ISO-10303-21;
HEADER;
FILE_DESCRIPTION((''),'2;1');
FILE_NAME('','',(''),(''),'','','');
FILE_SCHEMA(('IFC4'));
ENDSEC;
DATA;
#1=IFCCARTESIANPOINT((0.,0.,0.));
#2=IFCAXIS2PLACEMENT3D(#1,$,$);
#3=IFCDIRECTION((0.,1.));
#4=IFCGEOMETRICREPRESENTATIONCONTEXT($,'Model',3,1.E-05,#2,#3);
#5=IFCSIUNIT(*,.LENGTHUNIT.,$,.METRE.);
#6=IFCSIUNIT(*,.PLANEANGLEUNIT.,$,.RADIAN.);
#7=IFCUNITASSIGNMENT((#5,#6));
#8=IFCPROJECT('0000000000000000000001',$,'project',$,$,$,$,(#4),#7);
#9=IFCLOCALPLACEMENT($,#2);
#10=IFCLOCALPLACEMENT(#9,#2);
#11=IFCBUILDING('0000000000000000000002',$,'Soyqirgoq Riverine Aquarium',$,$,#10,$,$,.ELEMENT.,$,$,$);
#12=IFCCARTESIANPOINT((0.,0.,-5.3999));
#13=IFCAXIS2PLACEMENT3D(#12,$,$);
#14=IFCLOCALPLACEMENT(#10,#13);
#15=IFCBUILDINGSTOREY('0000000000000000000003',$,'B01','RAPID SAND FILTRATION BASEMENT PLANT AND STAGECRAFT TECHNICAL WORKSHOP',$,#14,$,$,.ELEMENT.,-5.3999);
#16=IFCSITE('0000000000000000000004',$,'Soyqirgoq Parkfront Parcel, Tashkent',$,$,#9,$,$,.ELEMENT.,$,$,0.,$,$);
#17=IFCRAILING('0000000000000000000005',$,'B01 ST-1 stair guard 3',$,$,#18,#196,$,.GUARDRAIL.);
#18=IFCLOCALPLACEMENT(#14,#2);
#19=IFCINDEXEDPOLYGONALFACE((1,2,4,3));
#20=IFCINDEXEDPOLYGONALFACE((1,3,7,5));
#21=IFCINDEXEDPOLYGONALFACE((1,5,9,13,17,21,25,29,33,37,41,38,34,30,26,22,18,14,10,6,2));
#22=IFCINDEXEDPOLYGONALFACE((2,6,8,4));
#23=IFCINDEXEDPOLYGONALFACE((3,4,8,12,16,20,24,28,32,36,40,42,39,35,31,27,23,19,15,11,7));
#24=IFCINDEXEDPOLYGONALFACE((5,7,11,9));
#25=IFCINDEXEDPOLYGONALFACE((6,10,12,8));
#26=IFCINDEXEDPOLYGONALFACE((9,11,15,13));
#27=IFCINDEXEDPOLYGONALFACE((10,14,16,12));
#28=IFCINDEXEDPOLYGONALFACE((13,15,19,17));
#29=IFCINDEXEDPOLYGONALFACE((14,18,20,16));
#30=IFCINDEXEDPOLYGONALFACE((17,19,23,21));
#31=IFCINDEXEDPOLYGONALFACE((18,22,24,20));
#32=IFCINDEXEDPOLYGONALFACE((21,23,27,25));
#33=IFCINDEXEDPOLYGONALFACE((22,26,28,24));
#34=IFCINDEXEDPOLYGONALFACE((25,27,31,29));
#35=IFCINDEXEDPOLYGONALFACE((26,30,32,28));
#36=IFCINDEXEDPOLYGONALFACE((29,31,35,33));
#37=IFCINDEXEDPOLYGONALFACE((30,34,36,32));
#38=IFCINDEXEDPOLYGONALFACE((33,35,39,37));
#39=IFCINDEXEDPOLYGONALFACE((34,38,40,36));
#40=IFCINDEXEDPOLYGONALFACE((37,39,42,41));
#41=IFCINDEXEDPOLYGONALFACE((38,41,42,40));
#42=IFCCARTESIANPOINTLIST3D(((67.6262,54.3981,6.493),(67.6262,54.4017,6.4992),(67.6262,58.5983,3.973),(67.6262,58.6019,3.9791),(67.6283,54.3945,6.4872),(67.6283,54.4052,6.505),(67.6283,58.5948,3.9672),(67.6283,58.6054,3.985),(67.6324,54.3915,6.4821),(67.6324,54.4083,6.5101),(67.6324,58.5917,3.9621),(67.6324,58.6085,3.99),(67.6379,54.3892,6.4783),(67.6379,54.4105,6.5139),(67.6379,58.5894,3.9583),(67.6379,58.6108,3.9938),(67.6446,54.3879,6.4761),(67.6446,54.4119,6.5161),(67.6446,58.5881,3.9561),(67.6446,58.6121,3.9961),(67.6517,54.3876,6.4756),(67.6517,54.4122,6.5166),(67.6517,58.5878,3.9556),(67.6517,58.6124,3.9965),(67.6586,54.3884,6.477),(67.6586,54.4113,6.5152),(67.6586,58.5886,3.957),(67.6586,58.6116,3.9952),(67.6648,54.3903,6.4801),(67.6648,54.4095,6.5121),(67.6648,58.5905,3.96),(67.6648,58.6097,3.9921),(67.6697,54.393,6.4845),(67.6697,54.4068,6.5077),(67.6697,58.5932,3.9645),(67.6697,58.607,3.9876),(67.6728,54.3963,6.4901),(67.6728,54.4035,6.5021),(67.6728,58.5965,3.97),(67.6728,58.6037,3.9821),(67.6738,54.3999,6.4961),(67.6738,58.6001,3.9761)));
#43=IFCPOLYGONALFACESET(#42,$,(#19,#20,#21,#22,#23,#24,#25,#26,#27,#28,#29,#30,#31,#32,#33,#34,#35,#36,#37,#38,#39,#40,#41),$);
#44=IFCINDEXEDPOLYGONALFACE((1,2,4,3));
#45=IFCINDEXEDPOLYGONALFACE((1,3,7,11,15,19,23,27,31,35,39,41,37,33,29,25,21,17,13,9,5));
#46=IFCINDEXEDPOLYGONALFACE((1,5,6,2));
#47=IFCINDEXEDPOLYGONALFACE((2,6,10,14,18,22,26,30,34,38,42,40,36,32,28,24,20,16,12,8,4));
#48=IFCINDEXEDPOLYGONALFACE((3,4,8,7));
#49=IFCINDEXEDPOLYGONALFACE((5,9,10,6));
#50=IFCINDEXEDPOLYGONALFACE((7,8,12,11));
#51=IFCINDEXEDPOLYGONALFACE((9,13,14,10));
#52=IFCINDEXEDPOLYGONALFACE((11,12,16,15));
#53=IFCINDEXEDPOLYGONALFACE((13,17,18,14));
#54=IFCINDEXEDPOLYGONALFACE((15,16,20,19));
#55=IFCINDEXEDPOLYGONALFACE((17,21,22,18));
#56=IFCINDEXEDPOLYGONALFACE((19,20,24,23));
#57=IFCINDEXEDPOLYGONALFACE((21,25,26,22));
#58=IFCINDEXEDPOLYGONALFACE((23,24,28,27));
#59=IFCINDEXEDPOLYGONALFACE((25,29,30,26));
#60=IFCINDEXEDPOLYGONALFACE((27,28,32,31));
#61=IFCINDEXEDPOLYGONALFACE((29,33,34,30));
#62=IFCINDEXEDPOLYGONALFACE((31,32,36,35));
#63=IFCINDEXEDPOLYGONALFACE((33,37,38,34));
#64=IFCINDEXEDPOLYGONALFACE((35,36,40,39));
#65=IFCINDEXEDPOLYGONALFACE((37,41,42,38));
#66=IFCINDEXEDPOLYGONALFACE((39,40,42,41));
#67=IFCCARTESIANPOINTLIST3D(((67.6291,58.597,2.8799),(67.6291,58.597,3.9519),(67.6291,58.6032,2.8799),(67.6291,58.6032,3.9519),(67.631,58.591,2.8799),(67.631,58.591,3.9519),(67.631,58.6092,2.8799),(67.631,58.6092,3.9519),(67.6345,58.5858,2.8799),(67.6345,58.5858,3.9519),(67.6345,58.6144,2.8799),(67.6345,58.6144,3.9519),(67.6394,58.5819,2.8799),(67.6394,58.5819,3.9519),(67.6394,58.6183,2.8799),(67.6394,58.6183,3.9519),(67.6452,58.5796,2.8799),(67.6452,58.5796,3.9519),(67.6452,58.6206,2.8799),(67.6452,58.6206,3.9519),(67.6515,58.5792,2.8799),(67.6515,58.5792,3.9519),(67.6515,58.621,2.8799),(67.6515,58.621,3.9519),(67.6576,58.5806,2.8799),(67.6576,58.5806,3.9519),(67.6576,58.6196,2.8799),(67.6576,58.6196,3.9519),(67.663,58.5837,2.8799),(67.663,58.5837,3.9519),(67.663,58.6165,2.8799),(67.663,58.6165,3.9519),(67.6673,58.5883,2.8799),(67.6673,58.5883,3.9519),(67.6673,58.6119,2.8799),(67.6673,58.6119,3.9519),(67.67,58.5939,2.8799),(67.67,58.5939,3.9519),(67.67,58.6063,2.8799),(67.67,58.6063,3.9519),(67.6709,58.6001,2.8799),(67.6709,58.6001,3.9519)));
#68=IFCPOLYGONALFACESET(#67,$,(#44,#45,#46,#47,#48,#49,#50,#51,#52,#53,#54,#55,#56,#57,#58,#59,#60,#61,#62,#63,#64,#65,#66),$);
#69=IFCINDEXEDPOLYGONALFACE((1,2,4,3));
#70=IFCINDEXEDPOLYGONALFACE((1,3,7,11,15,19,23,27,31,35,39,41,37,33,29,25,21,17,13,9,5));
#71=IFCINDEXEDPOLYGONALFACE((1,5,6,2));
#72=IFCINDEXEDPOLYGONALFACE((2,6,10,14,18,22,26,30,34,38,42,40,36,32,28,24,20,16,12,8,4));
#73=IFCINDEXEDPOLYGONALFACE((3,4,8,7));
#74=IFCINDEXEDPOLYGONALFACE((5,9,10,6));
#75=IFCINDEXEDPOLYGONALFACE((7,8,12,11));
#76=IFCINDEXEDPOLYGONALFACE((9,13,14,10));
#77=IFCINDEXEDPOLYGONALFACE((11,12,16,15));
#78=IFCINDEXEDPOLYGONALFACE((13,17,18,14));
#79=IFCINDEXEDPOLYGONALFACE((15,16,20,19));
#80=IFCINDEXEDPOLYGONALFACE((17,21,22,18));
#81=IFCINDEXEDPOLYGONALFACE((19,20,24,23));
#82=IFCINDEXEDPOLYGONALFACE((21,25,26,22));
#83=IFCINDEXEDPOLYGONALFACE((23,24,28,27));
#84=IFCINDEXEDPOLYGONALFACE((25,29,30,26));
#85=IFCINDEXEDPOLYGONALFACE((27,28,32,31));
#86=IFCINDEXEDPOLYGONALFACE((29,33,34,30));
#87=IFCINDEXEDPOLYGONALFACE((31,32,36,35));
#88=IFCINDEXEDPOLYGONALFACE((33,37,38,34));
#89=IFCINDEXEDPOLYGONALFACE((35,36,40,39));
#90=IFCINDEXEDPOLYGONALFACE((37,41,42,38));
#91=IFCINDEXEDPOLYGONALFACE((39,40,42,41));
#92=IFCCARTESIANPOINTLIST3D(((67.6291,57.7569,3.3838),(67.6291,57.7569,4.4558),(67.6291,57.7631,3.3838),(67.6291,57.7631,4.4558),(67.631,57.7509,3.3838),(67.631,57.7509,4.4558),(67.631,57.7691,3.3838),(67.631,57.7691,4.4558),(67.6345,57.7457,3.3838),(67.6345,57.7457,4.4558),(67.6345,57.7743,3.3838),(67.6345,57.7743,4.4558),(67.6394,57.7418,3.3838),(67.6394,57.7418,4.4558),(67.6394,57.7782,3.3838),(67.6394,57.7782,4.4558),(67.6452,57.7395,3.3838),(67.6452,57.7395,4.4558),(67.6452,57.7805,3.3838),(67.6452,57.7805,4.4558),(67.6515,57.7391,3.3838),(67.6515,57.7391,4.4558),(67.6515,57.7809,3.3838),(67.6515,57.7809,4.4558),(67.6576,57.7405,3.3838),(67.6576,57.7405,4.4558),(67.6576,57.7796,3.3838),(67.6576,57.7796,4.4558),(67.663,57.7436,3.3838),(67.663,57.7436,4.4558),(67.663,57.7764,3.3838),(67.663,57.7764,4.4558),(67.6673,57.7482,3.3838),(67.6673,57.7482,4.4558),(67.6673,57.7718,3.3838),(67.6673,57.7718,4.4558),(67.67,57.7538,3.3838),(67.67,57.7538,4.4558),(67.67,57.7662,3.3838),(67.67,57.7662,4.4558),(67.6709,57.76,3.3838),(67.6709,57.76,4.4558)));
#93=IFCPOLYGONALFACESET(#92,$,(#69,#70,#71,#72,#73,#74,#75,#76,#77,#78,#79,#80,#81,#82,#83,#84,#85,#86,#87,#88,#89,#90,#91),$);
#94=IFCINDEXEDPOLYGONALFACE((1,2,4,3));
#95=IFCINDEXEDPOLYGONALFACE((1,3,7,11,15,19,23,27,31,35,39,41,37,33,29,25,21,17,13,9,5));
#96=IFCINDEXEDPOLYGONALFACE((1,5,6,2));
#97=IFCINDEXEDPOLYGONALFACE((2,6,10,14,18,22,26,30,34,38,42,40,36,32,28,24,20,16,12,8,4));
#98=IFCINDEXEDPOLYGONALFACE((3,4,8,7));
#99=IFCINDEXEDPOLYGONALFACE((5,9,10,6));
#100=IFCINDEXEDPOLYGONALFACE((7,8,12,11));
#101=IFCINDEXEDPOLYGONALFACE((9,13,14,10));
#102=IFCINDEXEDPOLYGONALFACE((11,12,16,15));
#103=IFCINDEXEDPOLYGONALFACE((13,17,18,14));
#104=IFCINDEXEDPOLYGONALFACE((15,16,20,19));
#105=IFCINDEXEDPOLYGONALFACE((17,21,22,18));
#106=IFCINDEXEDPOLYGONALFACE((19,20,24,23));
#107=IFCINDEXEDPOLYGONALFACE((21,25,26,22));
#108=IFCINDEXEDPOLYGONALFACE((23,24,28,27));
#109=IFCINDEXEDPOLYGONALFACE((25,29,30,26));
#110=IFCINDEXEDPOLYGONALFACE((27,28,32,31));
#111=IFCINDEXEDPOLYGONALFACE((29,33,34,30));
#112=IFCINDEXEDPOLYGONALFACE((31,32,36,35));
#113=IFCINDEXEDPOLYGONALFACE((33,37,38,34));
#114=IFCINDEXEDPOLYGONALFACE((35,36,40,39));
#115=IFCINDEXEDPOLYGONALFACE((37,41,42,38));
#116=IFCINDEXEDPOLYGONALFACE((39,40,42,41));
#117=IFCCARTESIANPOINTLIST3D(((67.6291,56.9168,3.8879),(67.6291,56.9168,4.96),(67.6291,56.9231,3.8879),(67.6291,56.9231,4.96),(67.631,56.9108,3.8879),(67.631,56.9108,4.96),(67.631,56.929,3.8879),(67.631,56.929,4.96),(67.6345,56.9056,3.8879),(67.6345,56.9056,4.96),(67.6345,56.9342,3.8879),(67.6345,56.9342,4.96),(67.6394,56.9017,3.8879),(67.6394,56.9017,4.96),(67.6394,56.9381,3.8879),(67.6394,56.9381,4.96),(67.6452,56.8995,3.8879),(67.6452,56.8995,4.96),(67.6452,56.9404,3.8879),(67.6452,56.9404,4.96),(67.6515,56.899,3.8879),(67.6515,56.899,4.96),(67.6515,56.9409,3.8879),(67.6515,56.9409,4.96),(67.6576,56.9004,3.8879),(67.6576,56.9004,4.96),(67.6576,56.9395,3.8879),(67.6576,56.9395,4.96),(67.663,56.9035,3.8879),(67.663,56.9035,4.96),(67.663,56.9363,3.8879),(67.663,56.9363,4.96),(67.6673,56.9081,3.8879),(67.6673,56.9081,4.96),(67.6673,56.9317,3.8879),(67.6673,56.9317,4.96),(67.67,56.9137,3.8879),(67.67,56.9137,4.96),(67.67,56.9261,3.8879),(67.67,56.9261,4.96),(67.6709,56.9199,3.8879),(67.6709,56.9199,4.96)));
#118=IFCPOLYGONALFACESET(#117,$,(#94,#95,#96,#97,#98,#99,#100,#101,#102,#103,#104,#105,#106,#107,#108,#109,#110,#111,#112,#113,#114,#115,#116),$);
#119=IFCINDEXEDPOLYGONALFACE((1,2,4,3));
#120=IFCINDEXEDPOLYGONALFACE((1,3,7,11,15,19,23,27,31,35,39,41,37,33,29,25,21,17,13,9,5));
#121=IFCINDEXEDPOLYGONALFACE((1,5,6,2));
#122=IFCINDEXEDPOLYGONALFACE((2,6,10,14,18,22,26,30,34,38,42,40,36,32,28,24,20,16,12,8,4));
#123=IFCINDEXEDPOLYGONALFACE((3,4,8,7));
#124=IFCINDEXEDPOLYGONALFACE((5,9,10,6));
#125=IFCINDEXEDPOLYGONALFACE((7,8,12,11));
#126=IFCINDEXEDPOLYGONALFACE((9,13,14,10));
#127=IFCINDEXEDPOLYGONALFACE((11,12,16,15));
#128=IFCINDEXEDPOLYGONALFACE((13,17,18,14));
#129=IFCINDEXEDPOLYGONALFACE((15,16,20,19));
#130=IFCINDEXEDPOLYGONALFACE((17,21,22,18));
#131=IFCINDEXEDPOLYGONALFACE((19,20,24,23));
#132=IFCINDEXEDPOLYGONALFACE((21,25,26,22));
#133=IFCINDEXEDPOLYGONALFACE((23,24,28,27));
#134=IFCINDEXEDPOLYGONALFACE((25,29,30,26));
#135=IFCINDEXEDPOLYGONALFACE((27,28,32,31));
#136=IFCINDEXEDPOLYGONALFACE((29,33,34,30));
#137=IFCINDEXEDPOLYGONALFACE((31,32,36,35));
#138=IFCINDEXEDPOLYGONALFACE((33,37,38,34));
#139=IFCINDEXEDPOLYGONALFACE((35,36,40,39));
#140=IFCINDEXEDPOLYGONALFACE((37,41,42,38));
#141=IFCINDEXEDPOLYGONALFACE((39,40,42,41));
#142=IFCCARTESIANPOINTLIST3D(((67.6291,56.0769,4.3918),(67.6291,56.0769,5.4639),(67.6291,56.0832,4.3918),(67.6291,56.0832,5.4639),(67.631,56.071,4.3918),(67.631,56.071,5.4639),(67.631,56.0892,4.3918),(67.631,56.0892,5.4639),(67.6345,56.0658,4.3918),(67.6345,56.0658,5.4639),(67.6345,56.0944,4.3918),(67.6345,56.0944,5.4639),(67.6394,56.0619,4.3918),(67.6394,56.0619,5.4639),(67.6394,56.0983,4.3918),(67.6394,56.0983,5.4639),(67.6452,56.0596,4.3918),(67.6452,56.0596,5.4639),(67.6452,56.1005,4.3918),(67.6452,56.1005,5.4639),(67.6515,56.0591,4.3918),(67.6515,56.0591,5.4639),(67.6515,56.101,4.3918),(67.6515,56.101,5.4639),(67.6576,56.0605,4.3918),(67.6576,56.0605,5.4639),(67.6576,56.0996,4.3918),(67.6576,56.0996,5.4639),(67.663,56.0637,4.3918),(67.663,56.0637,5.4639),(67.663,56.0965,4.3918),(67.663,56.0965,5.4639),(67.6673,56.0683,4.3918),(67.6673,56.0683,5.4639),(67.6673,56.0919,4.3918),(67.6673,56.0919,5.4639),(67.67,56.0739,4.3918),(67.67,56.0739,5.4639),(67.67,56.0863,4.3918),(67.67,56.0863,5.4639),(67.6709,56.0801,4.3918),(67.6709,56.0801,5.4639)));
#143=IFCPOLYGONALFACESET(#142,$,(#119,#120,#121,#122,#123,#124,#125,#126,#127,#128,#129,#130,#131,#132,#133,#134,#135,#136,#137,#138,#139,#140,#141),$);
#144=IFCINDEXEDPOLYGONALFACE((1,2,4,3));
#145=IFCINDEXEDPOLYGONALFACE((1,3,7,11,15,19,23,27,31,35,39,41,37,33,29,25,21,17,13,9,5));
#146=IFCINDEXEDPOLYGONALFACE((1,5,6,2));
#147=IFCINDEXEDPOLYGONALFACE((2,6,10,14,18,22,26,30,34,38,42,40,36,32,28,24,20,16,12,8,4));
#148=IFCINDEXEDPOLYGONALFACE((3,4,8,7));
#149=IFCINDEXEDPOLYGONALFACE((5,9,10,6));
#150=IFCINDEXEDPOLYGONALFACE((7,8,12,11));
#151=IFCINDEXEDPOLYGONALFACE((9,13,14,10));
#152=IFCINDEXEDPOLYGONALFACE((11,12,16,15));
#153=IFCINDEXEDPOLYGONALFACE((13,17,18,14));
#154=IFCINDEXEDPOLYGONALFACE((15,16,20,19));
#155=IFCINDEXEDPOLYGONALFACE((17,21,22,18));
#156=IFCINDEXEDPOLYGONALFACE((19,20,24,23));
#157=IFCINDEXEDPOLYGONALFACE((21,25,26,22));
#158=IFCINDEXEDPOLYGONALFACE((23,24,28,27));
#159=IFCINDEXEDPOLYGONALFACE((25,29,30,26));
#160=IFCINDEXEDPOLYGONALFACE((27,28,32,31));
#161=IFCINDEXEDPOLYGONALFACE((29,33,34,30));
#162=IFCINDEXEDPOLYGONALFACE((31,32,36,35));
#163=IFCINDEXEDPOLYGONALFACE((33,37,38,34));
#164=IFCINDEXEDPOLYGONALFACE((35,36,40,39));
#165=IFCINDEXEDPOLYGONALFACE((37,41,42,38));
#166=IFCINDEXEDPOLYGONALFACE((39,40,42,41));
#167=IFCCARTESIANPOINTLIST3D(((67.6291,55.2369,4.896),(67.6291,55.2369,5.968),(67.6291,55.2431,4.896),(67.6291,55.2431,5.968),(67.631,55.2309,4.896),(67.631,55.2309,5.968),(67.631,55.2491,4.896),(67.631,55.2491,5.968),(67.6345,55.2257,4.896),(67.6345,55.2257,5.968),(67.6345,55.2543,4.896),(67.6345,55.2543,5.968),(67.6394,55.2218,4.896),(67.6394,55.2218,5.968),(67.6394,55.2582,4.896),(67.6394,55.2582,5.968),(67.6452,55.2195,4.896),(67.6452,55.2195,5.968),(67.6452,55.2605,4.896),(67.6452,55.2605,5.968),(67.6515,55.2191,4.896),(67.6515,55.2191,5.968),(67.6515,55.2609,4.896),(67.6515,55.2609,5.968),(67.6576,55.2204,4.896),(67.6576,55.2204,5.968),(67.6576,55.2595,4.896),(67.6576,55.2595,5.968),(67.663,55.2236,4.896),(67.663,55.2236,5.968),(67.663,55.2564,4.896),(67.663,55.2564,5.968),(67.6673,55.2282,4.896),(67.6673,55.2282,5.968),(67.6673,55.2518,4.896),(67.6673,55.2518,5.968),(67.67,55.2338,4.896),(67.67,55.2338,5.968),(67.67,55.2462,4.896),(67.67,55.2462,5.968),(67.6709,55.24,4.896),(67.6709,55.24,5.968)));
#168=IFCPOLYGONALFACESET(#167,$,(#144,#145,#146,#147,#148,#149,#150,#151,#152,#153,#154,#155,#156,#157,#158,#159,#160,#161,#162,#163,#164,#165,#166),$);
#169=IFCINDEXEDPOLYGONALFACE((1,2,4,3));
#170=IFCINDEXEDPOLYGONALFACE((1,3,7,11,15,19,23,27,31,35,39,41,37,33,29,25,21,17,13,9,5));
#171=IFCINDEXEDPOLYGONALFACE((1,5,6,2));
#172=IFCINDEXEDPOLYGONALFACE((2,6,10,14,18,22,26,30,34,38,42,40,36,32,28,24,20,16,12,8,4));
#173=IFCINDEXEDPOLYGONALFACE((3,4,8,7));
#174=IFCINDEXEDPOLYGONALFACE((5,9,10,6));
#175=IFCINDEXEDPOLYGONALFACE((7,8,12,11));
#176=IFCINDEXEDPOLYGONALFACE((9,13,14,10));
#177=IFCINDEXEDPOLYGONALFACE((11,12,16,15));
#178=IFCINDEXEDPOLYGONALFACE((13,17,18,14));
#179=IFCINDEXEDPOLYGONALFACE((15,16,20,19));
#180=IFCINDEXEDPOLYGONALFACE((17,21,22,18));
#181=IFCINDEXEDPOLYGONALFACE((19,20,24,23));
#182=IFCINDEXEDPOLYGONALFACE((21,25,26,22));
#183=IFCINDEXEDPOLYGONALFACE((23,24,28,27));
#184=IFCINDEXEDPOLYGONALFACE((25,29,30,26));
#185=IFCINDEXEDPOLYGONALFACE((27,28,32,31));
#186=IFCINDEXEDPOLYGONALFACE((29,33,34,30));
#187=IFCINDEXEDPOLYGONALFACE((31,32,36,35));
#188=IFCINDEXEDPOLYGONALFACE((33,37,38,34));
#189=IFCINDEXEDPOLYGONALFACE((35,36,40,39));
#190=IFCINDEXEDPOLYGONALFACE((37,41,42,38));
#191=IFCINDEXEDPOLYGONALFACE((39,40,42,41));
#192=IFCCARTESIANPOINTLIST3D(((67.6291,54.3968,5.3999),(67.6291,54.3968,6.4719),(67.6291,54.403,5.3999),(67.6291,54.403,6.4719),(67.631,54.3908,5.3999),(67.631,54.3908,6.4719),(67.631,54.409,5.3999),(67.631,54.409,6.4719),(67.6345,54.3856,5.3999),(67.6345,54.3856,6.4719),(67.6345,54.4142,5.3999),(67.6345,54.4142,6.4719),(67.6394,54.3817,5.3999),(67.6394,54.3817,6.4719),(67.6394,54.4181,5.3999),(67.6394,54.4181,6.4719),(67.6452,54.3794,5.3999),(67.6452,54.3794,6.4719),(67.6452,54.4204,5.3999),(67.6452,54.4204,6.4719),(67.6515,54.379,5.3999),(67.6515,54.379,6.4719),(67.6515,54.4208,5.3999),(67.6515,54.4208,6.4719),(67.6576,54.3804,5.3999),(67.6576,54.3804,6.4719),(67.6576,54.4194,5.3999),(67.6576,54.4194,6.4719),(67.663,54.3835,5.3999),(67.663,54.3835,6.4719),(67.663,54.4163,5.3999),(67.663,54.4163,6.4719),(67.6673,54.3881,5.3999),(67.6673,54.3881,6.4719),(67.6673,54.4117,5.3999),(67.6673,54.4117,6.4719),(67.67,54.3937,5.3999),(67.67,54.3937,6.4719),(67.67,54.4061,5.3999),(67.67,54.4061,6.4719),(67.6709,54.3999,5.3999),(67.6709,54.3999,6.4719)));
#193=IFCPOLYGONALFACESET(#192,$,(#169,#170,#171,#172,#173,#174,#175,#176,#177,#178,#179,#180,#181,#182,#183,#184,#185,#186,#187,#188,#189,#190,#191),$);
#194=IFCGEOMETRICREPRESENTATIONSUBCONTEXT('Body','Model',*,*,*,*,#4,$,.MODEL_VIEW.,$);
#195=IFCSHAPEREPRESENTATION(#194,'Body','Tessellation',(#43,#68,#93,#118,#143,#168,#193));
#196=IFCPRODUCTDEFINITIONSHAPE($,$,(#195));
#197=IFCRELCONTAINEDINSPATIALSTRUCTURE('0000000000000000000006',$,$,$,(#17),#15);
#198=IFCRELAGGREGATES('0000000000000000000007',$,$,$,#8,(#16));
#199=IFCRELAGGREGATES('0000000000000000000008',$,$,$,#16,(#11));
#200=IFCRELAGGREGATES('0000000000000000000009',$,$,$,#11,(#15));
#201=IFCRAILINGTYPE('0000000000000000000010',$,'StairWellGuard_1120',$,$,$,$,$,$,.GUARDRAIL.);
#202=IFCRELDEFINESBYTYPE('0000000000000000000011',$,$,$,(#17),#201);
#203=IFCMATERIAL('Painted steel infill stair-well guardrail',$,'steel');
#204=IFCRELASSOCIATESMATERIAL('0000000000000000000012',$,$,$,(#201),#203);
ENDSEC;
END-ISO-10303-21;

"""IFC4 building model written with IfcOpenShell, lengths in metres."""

from ifc_helpers import new_model, si_unit, direction, frame, origin, origin_2d, place, context, subcontext, project, spatial, circle, extrude, material, type_object, element, save


model = new_model("IFC4")

# Units and contexts
model_context = context("Model", 3, precision=1e-05, world=origin(), true_north=direction((0.0, 1.0)))
body_context = subcontext(model_context, "Body", "Model", "MODEL_VIEW")
ifc_project = project(units=[si_unit("LENGTHUNIT", "METRE"), si_unit("PLANEANGLEUNIT", "RADIAN")], contexts=[model_context])

# Site, building, storey
site_placement = place(None, origin())
site = spatial("IfcSite", under=ifc_project, at=site_placement, Name="Soyqirgoq Parkfront Parcel, Tashkent", CompositionType="ELEMENT", RefElevation=0.0)
building_placement = place(site_placement, origin())
building = spatial("IfcBuilding", under=site, at=building_placement, Name="Soyqirgoq Riverine Aquarium", CompositionType="ELEMENT")
storey_placement = place(building_placement, frame((0.0, 0.0, -5.3999)))
storey = spatial("IfcBuildingStorey", under=building, at=storey_placement, Name="B01", Description="RAPID SAND FILTRATION BASEMENT PLANT AND STAGECRAFT TECHNICAL WORKSHOP", CompositionType="ELEMENT", Elevation=-5.3999)

# Railing
ifc_material_1 = material(Name="Painted steel infill stair-well guardrail", Category="steel")
railing_type_1 = type_object("IfcRailingType", Name="StairWellGuard_1120", PredefinedType="GUARDRAIL", material=ifc_material_1)
railing_1_placement = place(storey_placement, frame((67.6499, 58.6001, 2.8799)))
element("IfcRailing", 1, at=railing_1_placement, inside=storey, type_object=railing_type_1, Name="B01 ST-1 stair guard 3", PredefinedType="GUARDRAIL", context=body_context, shape_type="SweptSolid", body=[
    extrude(circle(Radius=0.0239, at=origin_2d()), frame((0.0, 0.0, 1.0962), z_axis=(0.0, -0.857502, 0.514481), x_axis=(1.0, 0.0, 0.0)), (0.0, 0.0, 1.0), 4.8982),
    extrude(circle(Radius=0.021, at=origin_2d()), origin(), (0.0, 0.0, 1.0), 1.072),
    extrude(circle(Radius=0.021, at=origin_2d()), frame((0.0, -0.8401, 0.5039)), (0.0, 0.0, 1.0), 1.072),
    extrude(circle(Radius=0.021, at=origin_2d()), frame((0.0, -1.6802, 1.0081)), (0.0, 0.0, 1.0), 1.072),
    extrude(circle(Radius=0.021, at=origin_2d()), frame((0.0, -2.52, 1.512)), (0.0, 0.0, 1.0), 1.072),
    extrude(circle(Radius=0.021, at=origin_2d()), frame((0.0, -3.3601, 2.0161)), (0.0, 0.0, 1.0), 1.072),
    extrude(circle(Radius=0.021, at=origin_2d()), frame((0.0, -4.2002, 2.52)), (0.0, 0.0, 1.0), 1.072),
])

save(model, "model.ifc")
